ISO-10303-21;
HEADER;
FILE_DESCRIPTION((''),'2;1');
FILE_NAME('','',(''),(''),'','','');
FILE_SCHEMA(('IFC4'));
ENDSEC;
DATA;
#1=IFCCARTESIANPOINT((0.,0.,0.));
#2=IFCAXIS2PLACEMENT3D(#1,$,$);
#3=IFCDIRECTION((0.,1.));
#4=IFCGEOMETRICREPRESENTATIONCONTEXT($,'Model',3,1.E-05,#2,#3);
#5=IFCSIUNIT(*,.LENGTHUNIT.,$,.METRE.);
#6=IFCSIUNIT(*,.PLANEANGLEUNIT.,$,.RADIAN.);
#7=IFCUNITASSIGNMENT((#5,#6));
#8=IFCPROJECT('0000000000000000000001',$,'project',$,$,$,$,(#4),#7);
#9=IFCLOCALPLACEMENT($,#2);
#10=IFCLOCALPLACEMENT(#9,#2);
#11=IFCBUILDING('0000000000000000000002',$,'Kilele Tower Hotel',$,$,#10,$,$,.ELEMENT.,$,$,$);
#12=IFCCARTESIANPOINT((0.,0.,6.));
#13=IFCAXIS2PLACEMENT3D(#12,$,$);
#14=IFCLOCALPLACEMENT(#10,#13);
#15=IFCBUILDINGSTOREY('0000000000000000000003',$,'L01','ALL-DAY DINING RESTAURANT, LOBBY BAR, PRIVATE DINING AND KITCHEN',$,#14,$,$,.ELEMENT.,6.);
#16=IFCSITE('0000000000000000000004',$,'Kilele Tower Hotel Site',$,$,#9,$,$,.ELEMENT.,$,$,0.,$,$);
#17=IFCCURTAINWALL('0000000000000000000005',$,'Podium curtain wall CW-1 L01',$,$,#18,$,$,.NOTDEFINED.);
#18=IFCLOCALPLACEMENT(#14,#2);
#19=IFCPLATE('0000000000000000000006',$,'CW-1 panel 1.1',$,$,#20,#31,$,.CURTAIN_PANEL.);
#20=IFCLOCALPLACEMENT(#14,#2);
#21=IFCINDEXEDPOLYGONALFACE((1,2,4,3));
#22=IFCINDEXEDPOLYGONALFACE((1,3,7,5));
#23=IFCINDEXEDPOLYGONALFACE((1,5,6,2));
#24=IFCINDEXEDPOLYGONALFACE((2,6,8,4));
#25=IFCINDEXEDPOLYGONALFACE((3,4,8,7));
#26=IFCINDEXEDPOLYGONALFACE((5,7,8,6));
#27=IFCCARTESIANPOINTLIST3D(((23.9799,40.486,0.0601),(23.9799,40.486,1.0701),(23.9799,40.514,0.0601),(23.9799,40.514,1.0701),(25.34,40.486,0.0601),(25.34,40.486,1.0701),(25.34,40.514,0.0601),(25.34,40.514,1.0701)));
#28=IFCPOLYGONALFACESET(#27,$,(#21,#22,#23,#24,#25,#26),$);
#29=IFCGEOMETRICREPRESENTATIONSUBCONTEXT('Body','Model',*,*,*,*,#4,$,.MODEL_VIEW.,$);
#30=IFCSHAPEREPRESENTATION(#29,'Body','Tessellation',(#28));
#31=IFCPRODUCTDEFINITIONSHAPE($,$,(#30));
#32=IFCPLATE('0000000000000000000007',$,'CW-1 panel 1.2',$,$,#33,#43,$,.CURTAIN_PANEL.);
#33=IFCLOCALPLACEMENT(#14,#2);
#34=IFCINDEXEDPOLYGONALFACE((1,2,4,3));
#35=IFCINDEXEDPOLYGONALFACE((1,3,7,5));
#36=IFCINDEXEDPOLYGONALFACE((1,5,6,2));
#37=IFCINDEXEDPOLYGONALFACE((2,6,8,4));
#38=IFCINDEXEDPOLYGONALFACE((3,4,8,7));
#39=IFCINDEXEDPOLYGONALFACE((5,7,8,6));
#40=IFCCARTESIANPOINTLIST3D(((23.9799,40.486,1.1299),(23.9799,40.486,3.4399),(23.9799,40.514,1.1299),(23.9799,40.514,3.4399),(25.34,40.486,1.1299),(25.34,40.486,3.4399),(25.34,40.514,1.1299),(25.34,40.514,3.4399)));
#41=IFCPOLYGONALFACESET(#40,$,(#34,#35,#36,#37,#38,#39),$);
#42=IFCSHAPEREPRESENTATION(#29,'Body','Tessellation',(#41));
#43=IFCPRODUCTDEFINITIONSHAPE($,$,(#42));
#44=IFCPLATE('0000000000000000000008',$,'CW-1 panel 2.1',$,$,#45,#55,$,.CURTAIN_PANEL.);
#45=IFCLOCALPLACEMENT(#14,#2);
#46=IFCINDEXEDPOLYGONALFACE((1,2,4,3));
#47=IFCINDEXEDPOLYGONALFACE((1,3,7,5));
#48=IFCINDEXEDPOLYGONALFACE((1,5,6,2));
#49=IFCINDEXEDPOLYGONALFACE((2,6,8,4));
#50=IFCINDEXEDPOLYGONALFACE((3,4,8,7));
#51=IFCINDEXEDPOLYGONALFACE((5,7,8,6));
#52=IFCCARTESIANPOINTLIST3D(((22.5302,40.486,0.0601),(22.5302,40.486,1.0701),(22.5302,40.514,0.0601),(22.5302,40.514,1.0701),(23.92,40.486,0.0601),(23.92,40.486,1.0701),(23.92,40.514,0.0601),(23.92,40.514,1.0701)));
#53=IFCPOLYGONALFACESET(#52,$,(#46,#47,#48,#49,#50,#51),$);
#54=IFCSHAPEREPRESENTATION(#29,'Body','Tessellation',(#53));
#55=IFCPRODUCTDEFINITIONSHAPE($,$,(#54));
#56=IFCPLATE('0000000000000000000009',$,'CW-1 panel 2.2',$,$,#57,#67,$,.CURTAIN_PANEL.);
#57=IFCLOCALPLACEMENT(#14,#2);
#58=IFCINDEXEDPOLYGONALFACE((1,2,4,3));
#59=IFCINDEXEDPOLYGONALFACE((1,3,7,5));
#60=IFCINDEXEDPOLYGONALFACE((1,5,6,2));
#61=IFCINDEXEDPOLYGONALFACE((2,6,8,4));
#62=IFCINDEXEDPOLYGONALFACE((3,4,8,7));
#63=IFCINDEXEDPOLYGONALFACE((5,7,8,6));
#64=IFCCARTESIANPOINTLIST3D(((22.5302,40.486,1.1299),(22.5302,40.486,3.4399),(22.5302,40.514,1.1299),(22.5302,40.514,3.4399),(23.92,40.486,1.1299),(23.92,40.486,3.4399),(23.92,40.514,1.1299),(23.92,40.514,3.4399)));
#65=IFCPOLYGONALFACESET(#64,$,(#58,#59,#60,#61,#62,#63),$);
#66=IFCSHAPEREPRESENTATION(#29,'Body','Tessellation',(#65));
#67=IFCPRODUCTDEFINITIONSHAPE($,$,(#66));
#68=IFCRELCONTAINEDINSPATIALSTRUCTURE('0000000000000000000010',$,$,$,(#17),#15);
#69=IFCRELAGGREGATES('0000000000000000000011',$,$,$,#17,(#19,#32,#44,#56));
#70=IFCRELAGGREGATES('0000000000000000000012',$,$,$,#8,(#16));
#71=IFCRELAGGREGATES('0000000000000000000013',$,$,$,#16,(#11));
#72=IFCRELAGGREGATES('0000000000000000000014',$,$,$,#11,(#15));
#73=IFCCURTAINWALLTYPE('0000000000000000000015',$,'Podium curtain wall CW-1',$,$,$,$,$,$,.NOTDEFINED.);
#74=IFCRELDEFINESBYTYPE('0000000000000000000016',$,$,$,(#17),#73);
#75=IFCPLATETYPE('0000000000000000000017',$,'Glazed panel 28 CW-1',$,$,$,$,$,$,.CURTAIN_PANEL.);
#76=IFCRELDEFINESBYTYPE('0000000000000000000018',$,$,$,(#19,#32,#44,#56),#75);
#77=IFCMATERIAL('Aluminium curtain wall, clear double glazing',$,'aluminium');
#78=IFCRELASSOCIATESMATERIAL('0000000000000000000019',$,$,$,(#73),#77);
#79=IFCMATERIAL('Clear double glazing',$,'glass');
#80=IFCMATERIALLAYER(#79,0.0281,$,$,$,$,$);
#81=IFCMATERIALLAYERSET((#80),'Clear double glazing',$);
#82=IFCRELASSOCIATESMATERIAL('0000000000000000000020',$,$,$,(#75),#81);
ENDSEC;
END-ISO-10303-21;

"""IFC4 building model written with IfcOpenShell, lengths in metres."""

from ifc_helpers import new_model, si_unit, direction, frame, origin, origin_2d, place, context, subcontext, project, spatial, rectangle, extrude, material, layer, layer_set, type_object, element, aggregate, save


model = new_model("IFC4")

# Units and contexts
model_context = context("Model", 3, precision=1e-05, world=origin(), true_north=direction((0.0, 1.0)))
body_context = subcontext(model_context, "Body", "Model", "MODEL_VIEW")
ifc_project = project(units=[si_unit("LENGTHUNIT", "METRE"), si_unit("PLANEANGLEUNIT", "RADIAN")], contexts=[model_context])

# Site, building, storey
site_placement = place(None, origin())
site = spatial("IfcSite", under=ifc_project, at=site_placement, Name="Kilele Tower Hotel Site", CompositionType="ELEMENT", RefElevation=0.0)
building_placement = place(site_placement, origin())
building = spatial("IfcBuilding", under=site, at=building_placement, Name="Kilele Tower Hotel", CompositionType="ELEMENT")
storey_placement = place(building_placement, frame((0.0, 0.0, 6.0)))
storey = spatial("IfcBuildingStorey", under=building, at=storey_placement, Name="L01", Description="ALL-DAY DINING RESTAURANT, LOBBY BAR, PRIVATE DINING AND KITCHEN", CompositionType="ELEMENT", Elevation=6.0)

# Curtain wall
ifc_material_1 = material(Name="Aluminium curtain wall, clear double glazing", Category="aluminium")
curtain_wall_type = type_object("IfcCurtainWallType", Name="Podium curtain wall CW-1", PredefinedType="NOTDEFINED", material=ifc_material_1)
curtain_wall_1_placement = place(storey_placement, origin())
curtain_wall_1 = element("IfcCurtainWall", 1, at=curtain_wall_1_placement, inside=storey, type_object=curtain_wall_type, Name="Podium curtain wall CW-1 L01", PredefinedType="NOTDEFINED")

# Plates
ifc_material_2 = material(Name="Clear double glazing", Category="glass")
ifc_layer = layer(ifc_material_2, 0.0281)
ifc_layer_set = layer_set([ifc_layer], Name="Clear double glazing")
plate_type = type_object("IfcPlateType", Name="Glazed panel 28 CW-1", PredefinedType="CURTAIN_PANEL", material=ifc_layer_set)
plate_1_placement = place(storey_placement, frame((24.6599, 40.5, 0.0601), z_axis=(0.0, 0.0, 1.0), x_axis=(-1.0, 0.0, 0.0)))
plate_1 = element("IfcPlate", 2, at=plate_1_placement, type_object=plate_type, Name="CW-1 panel 1.1", PredefinedType="CURTAIN_PANEL", context=body_context, shape_type="SweptSolid", body=[
    extrude(rectangle(XDim=1.3601, YDim=0.0281, at=origin_2d()), origin(), (0.0, 0.0, 1.0), 1.01),
])
plate_2_placement = place(storey_placement, frame((24.6599, 40.5, 1.1299), z_axis=(0.0, 0.0, 1.0), x_axis=(-1.0, 0.0, 0.0)))
plate_2 = element("IfcPlate", 3, at=plate_2_placement, type_object=plate_type, Name="CW-1 panel 1.2", PredefinedType="CURTAIN_PANEL", context=body_context, shape_type="SweptSolid", body=[
    extrude(rectangle(XDim=1.3601, YDim=0.0281, at=origin_2d()), origin(), (0.0, 0.0, 1.0), 2.3101),
])
plate_3_placement = place(storey_placement, frame((23.2251, 40.5, 0.0601), z_axis=(0.0, 0.0, 1.0), x_axis=(-1.0, 0.0, 0.0)))
plate_3 = element("IfcPlate", 4, at=plate_3_placement, type_object=plate_type, Name="CW-1 panel 2.1", PredefinedType="CURTAIN_PANEL", context=body_context, shape_type="SweptSolid", body=[
    extrude(rectangle(XDim=1.3899, YDim=0.0281, at=origin_2d()), origin(), (0.0, 0.0, 1.0), 1.01),
])
plate_4_placement = place(storey_placement, frame((23.2251, 40.5, 1.1299), z_axis=(0.0, 0.0, 1.0), x_axis=(-1.0, 0.0, 0.0)))
plate_4 = element("IfcPlate", 5, at=plate_4_placement, type_object=plate_type, Name="CW-1 panel 2.2", PredefinedType="CURTAIN_PANEL", context=body_context, shape_type="SweptSolid", body=[
    extrude(rectangle(XDim=1.3899, YDim=0.0281, at=origin_2d()), origin(), (0.0, 0.0, 1.0), 2.3101),
])
aggregate(curtain_wall_1, [plate_1, plate_2, plate_3, plate_4])

save(model, "model.ifc")
